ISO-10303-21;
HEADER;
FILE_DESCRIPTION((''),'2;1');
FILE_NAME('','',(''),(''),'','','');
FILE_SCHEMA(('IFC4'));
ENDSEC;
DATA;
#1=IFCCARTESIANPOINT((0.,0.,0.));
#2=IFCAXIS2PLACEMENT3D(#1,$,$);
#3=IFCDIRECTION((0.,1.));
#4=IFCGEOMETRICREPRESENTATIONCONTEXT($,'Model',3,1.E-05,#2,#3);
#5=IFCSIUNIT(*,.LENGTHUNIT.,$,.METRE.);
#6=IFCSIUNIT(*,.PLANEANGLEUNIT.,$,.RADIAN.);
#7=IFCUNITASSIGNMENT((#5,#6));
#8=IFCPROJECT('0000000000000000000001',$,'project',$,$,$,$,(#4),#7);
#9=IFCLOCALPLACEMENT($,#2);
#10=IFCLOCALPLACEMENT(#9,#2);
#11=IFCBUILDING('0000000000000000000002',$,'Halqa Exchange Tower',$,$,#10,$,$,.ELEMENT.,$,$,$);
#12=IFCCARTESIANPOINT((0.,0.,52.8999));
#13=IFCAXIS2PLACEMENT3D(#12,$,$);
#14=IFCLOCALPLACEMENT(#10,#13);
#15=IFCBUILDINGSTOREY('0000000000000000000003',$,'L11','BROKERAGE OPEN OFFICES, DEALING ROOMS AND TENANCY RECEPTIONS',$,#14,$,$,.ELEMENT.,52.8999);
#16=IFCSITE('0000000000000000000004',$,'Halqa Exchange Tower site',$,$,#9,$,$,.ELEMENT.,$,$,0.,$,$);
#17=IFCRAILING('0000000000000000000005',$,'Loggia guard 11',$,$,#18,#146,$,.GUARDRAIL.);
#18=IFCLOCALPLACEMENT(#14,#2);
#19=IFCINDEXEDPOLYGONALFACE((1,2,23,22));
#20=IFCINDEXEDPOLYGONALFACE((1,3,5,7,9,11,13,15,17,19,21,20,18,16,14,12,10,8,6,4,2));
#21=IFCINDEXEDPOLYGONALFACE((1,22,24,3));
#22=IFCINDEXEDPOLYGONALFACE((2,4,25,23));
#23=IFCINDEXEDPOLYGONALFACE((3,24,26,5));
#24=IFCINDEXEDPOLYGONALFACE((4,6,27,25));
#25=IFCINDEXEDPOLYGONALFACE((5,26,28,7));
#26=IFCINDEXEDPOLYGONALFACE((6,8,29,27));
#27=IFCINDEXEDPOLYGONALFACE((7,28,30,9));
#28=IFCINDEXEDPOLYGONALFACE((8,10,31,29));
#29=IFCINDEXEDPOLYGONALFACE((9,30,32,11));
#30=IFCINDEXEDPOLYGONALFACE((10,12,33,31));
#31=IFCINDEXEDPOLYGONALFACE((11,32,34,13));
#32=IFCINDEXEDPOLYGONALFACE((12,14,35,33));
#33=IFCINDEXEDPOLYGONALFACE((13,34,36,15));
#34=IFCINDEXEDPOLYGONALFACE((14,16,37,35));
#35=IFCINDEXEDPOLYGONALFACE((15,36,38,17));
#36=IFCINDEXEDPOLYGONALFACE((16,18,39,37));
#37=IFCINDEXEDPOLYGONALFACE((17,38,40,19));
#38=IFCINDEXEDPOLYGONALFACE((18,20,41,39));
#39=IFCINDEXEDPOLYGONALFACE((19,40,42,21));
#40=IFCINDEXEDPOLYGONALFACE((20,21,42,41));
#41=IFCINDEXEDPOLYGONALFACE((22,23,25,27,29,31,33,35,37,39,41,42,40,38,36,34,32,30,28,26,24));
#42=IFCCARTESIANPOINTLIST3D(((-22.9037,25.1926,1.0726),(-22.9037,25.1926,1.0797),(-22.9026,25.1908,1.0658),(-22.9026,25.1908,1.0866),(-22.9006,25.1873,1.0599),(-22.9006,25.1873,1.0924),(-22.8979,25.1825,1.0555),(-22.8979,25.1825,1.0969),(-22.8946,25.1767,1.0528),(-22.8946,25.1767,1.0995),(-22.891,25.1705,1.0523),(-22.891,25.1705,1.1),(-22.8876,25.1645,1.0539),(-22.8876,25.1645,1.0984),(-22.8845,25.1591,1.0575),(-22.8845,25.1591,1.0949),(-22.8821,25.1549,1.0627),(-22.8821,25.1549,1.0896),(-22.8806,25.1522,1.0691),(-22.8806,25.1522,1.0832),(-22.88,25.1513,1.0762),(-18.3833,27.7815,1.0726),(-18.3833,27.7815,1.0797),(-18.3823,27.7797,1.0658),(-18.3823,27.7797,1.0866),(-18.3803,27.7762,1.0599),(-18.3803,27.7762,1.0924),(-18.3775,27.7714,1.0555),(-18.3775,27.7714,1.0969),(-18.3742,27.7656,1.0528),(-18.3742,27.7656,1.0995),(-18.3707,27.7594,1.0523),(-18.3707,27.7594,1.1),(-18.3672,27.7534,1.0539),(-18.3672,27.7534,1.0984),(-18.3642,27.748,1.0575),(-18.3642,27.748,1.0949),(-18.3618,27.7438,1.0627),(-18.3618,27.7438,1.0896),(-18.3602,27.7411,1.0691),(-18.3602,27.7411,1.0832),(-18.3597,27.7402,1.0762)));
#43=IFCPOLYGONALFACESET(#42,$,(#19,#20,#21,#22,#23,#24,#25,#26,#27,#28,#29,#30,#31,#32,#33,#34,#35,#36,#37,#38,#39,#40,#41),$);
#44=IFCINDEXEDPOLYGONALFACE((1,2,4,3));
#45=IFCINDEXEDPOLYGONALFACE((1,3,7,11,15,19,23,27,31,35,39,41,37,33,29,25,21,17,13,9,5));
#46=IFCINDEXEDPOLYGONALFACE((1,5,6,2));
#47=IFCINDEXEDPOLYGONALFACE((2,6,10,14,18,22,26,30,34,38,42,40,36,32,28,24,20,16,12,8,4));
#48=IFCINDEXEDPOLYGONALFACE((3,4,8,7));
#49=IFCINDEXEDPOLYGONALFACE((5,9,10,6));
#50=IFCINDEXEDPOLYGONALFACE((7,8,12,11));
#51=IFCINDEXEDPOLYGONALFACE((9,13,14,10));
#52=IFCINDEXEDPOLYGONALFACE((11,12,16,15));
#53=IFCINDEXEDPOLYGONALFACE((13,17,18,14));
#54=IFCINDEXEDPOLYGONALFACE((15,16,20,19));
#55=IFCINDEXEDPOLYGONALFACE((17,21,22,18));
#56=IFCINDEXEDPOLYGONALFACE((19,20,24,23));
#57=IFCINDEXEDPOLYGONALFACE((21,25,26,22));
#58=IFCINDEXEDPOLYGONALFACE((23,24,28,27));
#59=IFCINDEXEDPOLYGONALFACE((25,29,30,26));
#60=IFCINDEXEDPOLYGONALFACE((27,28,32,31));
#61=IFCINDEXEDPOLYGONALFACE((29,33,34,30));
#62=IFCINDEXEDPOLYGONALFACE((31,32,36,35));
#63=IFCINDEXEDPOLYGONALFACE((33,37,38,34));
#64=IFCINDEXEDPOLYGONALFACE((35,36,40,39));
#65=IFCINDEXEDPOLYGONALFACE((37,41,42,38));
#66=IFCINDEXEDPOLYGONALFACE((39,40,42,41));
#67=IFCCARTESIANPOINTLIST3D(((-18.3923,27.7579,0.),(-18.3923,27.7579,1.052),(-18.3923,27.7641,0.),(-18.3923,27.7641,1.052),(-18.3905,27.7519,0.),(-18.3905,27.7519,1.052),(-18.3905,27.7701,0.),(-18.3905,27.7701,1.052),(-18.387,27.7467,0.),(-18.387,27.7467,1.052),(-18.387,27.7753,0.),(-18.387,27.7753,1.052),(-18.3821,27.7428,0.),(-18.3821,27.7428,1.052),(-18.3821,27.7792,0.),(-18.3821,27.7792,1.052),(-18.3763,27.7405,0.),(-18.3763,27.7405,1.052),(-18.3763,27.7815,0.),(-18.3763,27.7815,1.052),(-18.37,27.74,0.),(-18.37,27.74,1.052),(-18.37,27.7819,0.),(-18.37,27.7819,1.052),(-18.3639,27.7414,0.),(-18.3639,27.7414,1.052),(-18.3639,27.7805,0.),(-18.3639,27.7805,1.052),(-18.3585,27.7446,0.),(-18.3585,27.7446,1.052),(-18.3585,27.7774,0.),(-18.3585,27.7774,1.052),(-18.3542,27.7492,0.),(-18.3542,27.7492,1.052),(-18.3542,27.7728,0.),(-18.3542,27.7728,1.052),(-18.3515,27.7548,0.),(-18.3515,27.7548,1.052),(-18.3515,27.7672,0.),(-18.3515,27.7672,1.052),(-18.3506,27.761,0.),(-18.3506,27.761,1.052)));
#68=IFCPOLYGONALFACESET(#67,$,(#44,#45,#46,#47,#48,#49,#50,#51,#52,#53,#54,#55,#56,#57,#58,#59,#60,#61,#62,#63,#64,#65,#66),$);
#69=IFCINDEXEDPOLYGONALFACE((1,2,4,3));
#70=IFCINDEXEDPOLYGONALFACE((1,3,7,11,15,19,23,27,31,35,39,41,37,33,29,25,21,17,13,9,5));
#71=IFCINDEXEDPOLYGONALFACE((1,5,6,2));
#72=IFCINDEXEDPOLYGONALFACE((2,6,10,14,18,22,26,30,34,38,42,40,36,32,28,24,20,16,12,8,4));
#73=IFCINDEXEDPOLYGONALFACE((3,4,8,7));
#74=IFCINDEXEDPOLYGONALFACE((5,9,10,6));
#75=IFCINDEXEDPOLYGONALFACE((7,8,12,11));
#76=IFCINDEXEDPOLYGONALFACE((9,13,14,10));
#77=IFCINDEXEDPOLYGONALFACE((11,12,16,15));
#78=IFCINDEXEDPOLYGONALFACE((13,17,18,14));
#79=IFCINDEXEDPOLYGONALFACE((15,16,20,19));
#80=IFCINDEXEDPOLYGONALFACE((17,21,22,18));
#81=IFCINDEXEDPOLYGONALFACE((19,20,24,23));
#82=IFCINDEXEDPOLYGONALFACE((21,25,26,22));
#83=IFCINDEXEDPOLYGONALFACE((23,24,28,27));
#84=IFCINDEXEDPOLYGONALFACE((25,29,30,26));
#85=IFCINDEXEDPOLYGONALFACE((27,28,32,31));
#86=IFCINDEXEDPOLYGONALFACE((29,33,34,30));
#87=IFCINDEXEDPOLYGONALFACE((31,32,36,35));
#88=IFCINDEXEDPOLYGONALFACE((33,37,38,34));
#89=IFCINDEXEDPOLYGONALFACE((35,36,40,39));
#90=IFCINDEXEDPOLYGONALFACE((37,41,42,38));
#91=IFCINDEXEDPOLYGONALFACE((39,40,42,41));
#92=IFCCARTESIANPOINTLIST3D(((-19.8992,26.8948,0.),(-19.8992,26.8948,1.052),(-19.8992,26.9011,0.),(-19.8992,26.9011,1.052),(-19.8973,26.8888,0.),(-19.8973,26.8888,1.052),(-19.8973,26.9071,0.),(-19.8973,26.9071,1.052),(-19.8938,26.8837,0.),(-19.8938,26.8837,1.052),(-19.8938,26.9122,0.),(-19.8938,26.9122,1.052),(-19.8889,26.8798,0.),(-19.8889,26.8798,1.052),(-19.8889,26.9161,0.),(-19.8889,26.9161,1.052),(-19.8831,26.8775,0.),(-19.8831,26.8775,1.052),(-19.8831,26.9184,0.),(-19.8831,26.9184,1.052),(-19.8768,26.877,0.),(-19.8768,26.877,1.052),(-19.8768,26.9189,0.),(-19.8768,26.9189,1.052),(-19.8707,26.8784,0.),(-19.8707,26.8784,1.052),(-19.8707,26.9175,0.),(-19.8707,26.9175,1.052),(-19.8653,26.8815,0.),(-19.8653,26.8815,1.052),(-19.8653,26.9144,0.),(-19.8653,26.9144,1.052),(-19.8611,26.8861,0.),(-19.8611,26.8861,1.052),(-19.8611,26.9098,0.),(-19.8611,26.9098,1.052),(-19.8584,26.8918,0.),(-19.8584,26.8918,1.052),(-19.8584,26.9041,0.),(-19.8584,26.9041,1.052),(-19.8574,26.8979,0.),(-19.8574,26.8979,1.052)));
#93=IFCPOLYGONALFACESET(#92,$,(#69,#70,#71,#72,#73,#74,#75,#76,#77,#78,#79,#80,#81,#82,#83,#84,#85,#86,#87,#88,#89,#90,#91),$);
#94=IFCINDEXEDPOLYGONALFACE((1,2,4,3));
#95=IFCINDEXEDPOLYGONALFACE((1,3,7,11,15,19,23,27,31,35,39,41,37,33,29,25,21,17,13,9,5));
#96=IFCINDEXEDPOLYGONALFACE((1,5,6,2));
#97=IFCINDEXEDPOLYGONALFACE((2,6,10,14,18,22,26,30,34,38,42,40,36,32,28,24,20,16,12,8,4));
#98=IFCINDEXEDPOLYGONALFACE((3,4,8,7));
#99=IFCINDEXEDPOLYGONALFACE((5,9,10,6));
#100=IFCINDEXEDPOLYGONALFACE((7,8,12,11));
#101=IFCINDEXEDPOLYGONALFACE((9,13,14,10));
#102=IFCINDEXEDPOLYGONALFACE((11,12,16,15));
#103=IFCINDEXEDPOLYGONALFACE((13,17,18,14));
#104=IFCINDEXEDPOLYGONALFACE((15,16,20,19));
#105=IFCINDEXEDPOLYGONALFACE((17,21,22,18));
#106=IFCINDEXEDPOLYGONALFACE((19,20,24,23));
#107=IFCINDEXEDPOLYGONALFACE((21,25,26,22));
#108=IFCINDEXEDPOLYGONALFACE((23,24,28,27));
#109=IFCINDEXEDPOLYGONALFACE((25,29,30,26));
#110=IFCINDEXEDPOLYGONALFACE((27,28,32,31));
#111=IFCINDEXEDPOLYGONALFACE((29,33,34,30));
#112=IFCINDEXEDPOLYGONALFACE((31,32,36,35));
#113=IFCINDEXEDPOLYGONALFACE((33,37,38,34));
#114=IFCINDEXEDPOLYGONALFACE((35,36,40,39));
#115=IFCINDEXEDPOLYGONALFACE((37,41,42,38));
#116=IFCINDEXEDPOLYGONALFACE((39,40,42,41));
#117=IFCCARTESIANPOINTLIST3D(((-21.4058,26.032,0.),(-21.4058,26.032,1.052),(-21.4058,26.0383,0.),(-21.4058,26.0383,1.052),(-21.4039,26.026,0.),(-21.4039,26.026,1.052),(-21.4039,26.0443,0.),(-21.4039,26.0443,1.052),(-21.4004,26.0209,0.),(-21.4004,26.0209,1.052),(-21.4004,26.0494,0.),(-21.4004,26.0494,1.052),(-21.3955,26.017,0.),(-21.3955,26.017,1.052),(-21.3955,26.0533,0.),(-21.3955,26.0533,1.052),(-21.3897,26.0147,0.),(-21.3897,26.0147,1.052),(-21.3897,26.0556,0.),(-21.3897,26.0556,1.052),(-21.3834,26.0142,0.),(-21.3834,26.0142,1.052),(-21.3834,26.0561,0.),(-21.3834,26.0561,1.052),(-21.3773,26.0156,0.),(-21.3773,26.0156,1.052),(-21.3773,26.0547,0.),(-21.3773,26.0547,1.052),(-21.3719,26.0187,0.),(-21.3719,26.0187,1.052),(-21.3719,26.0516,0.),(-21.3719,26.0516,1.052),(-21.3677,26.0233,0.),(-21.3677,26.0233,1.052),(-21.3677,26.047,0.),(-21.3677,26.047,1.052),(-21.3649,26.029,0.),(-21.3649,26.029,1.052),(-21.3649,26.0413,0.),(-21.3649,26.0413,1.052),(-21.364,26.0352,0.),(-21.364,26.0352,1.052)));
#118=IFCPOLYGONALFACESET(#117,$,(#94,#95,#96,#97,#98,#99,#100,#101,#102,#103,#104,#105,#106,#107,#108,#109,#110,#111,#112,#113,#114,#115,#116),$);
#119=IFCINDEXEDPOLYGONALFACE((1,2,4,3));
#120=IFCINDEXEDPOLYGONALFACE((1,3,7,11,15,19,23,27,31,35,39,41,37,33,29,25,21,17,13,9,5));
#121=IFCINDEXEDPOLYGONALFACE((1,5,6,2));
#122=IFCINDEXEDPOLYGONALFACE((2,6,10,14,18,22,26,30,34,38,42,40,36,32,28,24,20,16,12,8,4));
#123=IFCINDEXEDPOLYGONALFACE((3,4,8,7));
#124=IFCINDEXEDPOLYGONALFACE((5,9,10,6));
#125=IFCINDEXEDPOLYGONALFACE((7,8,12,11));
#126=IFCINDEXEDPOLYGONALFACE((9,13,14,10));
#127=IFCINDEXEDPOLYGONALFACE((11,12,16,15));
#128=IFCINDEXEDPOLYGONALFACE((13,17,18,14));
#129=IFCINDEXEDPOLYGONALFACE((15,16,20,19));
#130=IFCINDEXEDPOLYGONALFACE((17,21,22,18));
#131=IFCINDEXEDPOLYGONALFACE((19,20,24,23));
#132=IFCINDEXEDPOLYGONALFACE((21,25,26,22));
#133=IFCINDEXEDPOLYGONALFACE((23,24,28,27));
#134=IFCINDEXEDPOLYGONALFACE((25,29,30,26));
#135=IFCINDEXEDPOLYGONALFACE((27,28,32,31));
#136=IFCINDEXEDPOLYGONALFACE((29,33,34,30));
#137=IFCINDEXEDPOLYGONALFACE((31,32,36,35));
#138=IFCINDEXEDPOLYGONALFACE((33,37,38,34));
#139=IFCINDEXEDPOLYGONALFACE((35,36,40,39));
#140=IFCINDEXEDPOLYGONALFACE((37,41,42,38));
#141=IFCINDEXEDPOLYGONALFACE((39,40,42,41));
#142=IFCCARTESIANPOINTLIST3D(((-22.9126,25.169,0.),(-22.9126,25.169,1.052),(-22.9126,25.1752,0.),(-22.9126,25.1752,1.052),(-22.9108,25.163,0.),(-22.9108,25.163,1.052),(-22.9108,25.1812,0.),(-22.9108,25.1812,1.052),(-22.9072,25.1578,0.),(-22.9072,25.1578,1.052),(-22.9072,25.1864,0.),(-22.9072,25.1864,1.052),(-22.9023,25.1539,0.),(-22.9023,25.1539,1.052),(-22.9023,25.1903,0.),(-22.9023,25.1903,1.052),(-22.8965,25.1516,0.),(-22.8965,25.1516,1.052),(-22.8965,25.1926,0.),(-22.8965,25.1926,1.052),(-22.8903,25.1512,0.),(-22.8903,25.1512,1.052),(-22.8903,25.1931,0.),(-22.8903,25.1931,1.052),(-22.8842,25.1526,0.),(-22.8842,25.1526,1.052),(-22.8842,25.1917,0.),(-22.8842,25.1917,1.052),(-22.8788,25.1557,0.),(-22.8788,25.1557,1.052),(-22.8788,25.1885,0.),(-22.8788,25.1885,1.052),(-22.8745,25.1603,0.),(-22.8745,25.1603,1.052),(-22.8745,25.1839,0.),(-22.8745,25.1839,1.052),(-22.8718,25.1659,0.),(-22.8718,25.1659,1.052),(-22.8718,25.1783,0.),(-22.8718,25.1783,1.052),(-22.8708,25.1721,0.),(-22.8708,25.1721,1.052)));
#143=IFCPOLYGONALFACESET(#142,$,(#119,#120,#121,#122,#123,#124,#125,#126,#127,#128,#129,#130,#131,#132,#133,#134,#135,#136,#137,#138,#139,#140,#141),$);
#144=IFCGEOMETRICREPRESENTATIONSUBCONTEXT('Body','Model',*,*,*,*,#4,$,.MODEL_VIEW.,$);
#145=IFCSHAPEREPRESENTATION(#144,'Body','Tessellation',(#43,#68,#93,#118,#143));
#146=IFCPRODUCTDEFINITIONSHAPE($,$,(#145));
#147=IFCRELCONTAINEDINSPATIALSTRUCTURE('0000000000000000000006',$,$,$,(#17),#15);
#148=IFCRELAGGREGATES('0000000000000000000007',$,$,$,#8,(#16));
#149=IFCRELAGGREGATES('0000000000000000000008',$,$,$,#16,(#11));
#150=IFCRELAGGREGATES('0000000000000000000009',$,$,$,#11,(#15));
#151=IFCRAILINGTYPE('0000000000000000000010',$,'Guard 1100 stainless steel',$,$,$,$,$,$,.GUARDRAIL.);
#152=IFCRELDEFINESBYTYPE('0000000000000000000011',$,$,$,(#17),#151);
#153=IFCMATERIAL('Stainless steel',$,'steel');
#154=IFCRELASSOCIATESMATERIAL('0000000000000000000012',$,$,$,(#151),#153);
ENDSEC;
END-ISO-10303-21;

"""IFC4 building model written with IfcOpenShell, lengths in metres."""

from ifc_helpers import new_model, si_unit, direction, frame, origin, origin_2d, place, context, subcontext, project, spatial, circle, extrude, material, type_object, element, save


model = new_model("IFC4")

# Units and contexts
model_context = context("Model", 3, precision=1e-05, world=origin(), true_north=direction((0.0, 1.0)))
body_context = subcontext(model_context, "Body", "Model", "MODEL_VIEW")
ifc_project = project(units=[si_unit("LENGTHUNIT", "METRE"), si_unit("PLANEANGLEUNIT", "RADIAN")], contexts=[model_context])

# Site, building, storey
site_placement = place(None, origin())
site = spatial("IfcSite", under=ifc_project, at=site_placement, Name="Halqa Exchange Tower site", CompositionType="ELEMENT", RefElevation=0.0)
building_placement = place(site_placement, origin())
building = spatial("IfcBuilding", under=site, at=building_placement, Name="Halqa Exchange Tower", CompositionType="ELEMENT")
storey_placement = place(building_placement, frame((0.0, 0.0, 52.8999)))
storey = spatial("IfcBuildingStorey", under=building, at=storey_placement, Name="L11", Description="BROKERAGE OPEN OFFICES, DEALING ROOMS AND TENANCY RECEPTIONS", CompositionType="ELEMENT", Elevation=52.8999)

# Railing
ifc_material_1 = material(Name="Stainless steel", Category="steel")
railing_type = type_object("IfcRailingType", Name="Guard 1100 stainless steel", PredefinedType="GUARDRAIL", material=ifc_material_1)
railing_1_placement = place(storey_placement, frame((-18.3716, 27.761, 0.0)))
element("IfcRailing", 1, at=railing_1_placement, inside=storey, type_object=railing_type, Name="Loggia guard 11", PredefinedType="GUARDRAIL", context=body_context, shape_type="SweptSolid", body=[
    extrude(circle(Radius=0.0239, at=origin_2d()), frame((0.0, 0.0, 1.0762), z_axis=(-0.867758, -0.496987, 0.0), x_axis=(0.496987, -0.867758, 0.0)), (0.0, 0.0, 1.0), 5.2092),
    extrude(circle(Radius=0.021, at=origin_2d()), origin(), (0.0, 0.0, 1.0), 1.052),
    extrude(circle(Radius=0.021, at=origin_2d()), frame((-1.5068, -0.863, 0.0)), (0.0, 0.0, 1.0), 1.052),
    extrude(circle(Radius=0.021, at=origin_2d()), frame((-3.0134, -1.7258, 0.0)), (0.0, 0.0, 1.0), 1.052),
    extrude(circle(Radius=0.021, at=origin_2d()), frame((-4.5203, -2.5889, 0.0)), (0.0, 0.0, 1.0), 1.052),
])

save(model, "model.ifc")
